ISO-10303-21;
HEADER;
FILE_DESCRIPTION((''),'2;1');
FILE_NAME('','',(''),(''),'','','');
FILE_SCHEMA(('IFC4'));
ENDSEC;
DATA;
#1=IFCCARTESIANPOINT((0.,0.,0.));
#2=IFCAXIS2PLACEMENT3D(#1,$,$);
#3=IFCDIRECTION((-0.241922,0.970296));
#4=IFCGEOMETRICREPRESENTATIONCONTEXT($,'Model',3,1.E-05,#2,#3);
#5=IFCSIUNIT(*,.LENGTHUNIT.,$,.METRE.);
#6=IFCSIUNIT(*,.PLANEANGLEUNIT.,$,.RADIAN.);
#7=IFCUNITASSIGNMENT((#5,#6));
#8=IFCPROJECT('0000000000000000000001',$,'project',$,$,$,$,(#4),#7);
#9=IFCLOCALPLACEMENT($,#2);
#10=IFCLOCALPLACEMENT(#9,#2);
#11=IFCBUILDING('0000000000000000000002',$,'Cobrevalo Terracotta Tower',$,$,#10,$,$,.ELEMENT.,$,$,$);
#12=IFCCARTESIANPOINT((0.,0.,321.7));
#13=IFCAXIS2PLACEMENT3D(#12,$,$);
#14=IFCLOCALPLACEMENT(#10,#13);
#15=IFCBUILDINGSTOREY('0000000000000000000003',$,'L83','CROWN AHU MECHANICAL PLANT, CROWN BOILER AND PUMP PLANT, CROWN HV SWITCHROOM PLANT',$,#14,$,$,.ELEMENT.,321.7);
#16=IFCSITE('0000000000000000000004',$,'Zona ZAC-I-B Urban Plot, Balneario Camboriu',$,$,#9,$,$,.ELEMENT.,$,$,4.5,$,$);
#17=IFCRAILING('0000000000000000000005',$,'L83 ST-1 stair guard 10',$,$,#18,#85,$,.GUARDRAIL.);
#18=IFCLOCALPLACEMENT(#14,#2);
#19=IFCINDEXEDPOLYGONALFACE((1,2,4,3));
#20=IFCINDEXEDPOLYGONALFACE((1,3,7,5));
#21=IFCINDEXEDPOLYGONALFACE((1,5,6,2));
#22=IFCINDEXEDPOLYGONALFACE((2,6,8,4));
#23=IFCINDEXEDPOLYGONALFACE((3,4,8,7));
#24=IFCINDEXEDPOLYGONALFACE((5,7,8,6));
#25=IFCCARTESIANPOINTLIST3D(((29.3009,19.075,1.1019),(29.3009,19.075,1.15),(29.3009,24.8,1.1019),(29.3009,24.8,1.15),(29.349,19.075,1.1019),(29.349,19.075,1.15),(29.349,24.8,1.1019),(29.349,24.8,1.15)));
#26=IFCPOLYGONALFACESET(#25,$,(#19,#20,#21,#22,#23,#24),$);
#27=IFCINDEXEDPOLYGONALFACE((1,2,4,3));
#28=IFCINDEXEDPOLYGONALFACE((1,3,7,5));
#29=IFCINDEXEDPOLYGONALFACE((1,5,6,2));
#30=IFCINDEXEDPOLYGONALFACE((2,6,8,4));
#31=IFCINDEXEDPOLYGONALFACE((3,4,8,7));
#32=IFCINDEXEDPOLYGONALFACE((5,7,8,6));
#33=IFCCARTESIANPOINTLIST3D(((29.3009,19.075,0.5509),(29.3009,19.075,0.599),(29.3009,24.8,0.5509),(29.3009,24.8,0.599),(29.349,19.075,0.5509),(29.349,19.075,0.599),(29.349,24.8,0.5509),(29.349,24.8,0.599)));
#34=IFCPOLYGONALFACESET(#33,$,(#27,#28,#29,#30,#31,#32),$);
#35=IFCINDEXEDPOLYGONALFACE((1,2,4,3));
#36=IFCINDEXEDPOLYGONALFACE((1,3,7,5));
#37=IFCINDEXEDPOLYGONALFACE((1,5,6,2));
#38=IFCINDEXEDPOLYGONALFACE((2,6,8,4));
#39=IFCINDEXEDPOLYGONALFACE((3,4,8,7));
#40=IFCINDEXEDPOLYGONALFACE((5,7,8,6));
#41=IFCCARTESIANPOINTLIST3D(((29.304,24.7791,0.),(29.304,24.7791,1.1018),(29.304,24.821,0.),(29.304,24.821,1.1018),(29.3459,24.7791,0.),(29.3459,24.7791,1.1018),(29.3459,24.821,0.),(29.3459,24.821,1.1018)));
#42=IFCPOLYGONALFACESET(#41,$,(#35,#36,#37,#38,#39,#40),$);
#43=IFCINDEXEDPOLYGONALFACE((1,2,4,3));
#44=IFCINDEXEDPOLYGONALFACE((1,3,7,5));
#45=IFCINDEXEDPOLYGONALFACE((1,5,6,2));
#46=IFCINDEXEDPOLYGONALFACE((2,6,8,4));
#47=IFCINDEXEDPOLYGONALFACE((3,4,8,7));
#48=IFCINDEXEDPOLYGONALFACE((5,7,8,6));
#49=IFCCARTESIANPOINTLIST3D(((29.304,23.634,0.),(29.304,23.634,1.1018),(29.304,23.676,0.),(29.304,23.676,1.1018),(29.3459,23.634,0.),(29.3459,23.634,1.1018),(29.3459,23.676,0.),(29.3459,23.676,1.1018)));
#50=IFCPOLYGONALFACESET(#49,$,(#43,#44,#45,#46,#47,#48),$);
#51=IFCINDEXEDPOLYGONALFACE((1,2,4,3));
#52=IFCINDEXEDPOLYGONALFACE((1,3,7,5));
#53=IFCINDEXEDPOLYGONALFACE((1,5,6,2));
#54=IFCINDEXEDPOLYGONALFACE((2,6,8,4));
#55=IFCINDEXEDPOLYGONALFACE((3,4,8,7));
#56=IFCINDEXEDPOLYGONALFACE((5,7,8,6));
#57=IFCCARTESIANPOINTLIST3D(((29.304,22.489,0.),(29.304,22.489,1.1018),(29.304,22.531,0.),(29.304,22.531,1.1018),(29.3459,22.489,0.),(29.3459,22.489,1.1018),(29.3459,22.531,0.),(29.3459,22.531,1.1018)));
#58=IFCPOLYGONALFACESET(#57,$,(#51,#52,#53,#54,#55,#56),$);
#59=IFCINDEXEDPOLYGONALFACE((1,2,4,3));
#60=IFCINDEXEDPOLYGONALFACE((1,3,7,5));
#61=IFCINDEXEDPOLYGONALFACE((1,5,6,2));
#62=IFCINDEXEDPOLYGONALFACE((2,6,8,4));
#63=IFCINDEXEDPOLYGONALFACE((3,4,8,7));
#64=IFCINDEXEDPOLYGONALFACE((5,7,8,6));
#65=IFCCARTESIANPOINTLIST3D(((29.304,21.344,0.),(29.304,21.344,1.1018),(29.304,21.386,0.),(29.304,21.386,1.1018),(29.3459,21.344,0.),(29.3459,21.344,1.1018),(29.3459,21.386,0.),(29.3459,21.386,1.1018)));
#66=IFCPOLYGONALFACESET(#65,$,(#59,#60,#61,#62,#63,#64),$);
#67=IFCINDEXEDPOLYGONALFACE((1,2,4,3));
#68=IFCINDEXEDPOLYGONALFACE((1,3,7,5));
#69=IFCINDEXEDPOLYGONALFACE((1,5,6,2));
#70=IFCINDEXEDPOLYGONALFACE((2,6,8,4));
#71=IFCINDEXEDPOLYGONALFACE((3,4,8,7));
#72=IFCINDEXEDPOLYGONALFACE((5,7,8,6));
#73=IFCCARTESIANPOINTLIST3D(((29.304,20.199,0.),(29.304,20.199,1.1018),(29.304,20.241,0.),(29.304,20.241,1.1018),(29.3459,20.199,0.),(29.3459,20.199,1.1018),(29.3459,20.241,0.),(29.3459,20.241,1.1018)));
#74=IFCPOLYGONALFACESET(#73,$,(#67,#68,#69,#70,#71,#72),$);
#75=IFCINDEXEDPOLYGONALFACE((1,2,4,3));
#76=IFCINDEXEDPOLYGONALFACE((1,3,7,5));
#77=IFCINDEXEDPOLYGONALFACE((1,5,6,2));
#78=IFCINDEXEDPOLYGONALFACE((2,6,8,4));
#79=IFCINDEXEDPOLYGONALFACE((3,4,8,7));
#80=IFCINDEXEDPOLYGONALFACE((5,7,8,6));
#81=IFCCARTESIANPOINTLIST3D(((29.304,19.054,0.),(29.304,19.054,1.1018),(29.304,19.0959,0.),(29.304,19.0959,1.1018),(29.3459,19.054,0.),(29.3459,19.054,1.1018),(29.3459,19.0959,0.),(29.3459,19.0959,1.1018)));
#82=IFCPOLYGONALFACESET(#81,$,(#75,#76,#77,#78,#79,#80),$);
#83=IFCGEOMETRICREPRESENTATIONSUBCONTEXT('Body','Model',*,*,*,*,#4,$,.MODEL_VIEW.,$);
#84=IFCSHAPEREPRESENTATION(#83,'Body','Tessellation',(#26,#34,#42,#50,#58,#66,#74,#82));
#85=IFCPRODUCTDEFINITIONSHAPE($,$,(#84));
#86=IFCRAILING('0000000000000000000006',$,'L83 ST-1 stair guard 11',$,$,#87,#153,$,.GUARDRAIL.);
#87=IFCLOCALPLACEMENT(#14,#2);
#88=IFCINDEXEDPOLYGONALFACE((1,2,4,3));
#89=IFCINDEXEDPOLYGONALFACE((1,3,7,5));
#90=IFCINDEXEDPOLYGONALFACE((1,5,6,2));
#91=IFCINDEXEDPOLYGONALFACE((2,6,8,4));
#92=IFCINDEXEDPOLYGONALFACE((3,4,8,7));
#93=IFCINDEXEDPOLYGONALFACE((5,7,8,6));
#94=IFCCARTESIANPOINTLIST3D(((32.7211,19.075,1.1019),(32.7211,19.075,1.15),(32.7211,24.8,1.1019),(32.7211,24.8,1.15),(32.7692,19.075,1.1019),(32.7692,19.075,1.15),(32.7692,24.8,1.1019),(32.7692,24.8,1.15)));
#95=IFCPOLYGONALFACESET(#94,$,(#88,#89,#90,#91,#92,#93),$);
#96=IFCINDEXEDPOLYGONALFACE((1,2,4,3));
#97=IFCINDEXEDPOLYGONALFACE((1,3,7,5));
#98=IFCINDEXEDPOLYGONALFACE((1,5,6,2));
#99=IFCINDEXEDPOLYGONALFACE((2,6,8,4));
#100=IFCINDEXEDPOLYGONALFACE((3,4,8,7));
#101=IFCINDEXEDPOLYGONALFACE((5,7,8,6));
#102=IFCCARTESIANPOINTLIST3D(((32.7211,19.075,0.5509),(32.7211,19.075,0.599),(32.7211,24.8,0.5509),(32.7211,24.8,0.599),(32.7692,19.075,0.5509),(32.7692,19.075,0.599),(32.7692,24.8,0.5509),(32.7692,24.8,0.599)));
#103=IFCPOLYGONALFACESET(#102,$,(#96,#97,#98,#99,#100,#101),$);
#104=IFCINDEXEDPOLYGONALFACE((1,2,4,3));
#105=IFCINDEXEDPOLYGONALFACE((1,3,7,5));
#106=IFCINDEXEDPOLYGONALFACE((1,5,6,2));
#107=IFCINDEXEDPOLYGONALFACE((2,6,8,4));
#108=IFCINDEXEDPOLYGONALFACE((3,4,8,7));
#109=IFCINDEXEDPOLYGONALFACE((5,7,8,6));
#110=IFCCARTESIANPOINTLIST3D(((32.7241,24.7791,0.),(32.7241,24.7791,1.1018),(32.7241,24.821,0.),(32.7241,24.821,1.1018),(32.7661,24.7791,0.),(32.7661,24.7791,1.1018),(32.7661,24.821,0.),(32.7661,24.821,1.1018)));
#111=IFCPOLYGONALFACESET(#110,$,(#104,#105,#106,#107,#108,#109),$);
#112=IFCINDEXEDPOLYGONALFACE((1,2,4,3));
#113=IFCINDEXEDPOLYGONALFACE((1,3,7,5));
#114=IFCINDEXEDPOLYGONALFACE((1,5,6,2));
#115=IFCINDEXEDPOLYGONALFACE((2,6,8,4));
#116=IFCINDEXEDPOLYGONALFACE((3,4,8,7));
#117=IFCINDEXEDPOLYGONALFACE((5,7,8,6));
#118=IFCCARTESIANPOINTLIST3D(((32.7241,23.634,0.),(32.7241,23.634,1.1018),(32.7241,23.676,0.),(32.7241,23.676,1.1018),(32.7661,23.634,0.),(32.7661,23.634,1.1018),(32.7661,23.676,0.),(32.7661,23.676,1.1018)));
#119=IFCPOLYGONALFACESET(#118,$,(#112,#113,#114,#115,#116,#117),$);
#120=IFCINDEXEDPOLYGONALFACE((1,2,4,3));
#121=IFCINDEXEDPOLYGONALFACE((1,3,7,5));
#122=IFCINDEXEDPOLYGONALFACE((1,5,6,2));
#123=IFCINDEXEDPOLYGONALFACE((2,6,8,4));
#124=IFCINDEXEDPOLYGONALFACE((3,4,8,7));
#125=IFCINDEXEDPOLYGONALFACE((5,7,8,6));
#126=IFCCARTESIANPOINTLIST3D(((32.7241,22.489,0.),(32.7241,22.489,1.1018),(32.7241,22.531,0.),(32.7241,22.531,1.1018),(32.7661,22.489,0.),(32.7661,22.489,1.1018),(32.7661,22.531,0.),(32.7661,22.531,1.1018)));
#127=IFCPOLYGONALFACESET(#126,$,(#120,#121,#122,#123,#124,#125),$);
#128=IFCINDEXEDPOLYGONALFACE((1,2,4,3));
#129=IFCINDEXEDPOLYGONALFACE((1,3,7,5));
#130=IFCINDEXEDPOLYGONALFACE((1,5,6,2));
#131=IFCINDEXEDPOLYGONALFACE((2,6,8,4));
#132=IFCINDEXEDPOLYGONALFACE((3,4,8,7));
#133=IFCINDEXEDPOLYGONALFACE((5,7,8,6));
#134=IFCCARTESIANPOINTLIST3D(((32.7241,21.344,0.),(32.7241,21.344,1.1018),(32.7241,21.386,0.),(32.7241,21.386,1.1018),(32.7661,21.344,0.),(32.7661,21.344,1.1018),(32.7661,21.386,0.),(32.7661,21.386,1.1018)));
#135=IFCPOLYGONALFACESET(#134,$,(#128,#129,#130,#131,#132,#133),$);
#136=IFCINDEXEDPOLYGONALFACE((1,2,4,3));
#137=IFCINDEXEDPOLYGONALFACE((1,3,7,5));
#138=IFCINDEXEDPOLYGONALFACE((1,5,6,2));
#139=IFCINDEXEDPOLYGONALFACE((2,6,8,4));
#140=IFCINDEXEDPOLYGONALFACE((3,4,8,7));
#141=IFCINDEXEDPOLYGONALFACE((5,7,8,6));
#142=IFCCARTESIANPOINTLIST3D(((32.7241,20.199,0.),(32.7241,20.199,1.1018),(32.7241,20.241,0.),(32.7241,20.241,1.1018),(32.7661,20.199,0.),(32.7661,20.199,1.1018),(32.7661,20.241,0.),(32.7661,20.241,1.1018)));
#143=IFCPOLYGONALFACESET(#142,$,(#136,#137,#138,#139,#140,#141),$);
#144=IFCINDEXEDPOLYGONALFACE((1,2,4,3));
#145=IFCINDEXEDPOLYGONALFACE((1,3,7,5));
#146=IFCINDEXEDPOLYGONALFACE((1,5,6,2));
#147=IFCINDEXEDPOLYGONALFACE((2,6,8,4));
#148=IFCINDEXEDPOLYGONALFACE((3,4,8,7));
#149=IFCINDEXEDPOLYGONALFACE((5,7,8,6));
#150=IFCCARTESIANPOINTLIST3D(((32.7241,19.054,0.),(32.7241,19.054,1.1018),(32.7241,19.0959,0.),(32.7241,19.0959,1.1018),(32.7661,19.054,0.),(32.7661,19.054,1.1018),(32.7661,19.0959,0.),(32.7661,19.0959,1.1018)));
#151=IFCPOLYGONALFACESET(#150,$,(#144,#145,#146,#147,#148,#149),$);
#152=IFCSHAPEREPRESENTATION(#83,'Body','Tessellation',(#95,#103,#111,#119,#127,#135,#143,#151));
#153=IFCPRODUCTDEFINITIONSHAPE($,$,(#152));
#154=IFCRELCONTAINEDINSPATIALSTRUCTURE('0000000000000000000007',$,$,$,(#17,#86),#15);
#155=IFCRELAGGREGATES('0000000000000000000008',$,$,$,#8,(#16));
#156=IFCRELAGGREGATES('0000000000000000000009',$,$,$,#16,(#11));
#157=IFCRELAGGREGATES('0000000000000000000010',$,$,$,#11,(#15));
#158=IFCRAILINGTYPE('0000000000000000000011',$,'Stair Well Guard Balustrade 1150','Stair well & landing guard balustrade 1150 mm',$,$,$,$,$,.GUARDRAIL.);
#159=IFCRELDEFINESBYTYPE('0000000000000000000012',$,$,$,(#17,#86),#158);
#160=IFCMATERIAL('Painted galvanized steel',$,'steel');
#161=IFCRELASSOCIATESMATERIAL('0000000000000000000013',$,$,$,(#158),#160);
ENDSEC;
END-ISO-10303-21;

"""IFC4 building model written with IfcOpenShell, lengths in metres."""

from ifc_helpers import new_model, si_unit, direction, frame, origin, origin_2d, place, context, subcontext, project, spatial, rectangle, extrude, material, type_object, element, save


model = new_model("IFC4")

# Units and contexts
model_context = context("Model", 3, precision=1e-05, world=origin(), true_north=direction((-0.241922, 0.970296)))
body_context = subcontext(model_context, "Body", "Model", "MODEL_VIEW")
ifc_project = project(units=[si_unit("LENGTHUNIT", "METRE"), si_unit("PLANEANGLEUNIT", "RADIAN")], contexts=[model_context])

# Site, building, storey
site_placement = place(None, origin())
site = spatial("IfcSite", under=ifc_project, at=site_placement, Name="Zona ZAC-I-B Urban Plot, Balneario Camboriu", CompositionType="ELEMENT", RefElevation=4.5)
building_placement = place(site_placement, origin())
building = spatial("IfcBuilding", under=site, at=building_placement, Name="Cobrevalo Terracotta Tower", CompositionType="ELEMENT")
storey_placement = place(building_placement, frame((0.0, 0.0, 321.7)))
storey = spatial("IfcBuildingStorey", under=building, at=storey_placement, Name="L83", Description="CROWN AHU MECHANICAL PLANT, CROWN BOILER AND PUMP PLANT, CROWN HV SWITCHROOM PLANT", CompositionType="ELEMENT", Elevation=321.7)

# Railings
ifc_material_1 = material(Name="Painted galvanized steel", Category="steel")
railing_type = type_object("IfcRailingType", Name="Stair Well Guard Balustrade 1150", Description="Stair well & landing guard balustrade 1150 mm", PredefinedType="GUARDRAIL", material=ifc_material_1)
for number, where, name in (
    (1, (29.325, 24.8, 0.0), "L83 ST-1 stair guard 10"),
    (2, (32.7451, 24.8, 0.0), "L83 ST-1 stair guard 11"),
):
    element("IfcRailing", number, at=place(storey_placement, frame(where)), inside=storey, type_object=railing_type, Name=name, PredefinedType="GUARDRAIL", context=body_context, shape_type="SweptSolid", body=[
        extrude(rectangle(XDim=0.0481, YDim=0.0481, at=origin_2d()), frame((0.0, 0.0, 1.126), z_axis=(0.0, -1.0, 0.0), x_axis=(1.0, 0.0, 0.0)), (0.0, 0.0, 1.0), 5.7251),
        extrude(rectangle(XDim=0.0481, YDim=0.0481, at=origin_2d()), frame((0.0, 0.0, 0.575), z_axis=(0.0, -1.0, 0.0), x_axis=(1.0, 0.0, 0.0)), (0.0, 0.0, 1.0), 5.7251),
        extrude(rectangle(XDim=0.042, YDim=0.042, at=origin_2d()), origin(), (0.0, 0.0, 1.0), 1.1018),
        extrude(rectangle(XDim=0.042, YDim=0.042, at=origin_2d()), frame((0.0, -1.145, 0.0)), (0.0, 0.0, 1.0), 1.1018),
        extrude(rectangle(XDim=0.042, YDim=0.042, at=origin_2d()), frame((0.0, -2.29, 0.0)), (0.0, 0.0, 1.0), 1.1018),
        extrude(rectangle(XDim=0.042, YDim=0.042, at=origin_2d()), frame((0.0, -3.4351, 0.0)), (0.0, 0.0, 1.0), 1.1018),
        extrude(rectangle(XDim=0.042, YDim=0.042, at=origin_2d()), frame((0.0, -4.5801, 0.0)), (0.0, 0.0, 1.0), 1.1018),
        extrude(rectangle(XDim=0.042, YDim=0.042, at=origin_2d()), frame((0.0, -5.7251, 0.0)), (0.0, 0.0, 1.0), 1.1018),
    ])

save(model, "model.ifc")
